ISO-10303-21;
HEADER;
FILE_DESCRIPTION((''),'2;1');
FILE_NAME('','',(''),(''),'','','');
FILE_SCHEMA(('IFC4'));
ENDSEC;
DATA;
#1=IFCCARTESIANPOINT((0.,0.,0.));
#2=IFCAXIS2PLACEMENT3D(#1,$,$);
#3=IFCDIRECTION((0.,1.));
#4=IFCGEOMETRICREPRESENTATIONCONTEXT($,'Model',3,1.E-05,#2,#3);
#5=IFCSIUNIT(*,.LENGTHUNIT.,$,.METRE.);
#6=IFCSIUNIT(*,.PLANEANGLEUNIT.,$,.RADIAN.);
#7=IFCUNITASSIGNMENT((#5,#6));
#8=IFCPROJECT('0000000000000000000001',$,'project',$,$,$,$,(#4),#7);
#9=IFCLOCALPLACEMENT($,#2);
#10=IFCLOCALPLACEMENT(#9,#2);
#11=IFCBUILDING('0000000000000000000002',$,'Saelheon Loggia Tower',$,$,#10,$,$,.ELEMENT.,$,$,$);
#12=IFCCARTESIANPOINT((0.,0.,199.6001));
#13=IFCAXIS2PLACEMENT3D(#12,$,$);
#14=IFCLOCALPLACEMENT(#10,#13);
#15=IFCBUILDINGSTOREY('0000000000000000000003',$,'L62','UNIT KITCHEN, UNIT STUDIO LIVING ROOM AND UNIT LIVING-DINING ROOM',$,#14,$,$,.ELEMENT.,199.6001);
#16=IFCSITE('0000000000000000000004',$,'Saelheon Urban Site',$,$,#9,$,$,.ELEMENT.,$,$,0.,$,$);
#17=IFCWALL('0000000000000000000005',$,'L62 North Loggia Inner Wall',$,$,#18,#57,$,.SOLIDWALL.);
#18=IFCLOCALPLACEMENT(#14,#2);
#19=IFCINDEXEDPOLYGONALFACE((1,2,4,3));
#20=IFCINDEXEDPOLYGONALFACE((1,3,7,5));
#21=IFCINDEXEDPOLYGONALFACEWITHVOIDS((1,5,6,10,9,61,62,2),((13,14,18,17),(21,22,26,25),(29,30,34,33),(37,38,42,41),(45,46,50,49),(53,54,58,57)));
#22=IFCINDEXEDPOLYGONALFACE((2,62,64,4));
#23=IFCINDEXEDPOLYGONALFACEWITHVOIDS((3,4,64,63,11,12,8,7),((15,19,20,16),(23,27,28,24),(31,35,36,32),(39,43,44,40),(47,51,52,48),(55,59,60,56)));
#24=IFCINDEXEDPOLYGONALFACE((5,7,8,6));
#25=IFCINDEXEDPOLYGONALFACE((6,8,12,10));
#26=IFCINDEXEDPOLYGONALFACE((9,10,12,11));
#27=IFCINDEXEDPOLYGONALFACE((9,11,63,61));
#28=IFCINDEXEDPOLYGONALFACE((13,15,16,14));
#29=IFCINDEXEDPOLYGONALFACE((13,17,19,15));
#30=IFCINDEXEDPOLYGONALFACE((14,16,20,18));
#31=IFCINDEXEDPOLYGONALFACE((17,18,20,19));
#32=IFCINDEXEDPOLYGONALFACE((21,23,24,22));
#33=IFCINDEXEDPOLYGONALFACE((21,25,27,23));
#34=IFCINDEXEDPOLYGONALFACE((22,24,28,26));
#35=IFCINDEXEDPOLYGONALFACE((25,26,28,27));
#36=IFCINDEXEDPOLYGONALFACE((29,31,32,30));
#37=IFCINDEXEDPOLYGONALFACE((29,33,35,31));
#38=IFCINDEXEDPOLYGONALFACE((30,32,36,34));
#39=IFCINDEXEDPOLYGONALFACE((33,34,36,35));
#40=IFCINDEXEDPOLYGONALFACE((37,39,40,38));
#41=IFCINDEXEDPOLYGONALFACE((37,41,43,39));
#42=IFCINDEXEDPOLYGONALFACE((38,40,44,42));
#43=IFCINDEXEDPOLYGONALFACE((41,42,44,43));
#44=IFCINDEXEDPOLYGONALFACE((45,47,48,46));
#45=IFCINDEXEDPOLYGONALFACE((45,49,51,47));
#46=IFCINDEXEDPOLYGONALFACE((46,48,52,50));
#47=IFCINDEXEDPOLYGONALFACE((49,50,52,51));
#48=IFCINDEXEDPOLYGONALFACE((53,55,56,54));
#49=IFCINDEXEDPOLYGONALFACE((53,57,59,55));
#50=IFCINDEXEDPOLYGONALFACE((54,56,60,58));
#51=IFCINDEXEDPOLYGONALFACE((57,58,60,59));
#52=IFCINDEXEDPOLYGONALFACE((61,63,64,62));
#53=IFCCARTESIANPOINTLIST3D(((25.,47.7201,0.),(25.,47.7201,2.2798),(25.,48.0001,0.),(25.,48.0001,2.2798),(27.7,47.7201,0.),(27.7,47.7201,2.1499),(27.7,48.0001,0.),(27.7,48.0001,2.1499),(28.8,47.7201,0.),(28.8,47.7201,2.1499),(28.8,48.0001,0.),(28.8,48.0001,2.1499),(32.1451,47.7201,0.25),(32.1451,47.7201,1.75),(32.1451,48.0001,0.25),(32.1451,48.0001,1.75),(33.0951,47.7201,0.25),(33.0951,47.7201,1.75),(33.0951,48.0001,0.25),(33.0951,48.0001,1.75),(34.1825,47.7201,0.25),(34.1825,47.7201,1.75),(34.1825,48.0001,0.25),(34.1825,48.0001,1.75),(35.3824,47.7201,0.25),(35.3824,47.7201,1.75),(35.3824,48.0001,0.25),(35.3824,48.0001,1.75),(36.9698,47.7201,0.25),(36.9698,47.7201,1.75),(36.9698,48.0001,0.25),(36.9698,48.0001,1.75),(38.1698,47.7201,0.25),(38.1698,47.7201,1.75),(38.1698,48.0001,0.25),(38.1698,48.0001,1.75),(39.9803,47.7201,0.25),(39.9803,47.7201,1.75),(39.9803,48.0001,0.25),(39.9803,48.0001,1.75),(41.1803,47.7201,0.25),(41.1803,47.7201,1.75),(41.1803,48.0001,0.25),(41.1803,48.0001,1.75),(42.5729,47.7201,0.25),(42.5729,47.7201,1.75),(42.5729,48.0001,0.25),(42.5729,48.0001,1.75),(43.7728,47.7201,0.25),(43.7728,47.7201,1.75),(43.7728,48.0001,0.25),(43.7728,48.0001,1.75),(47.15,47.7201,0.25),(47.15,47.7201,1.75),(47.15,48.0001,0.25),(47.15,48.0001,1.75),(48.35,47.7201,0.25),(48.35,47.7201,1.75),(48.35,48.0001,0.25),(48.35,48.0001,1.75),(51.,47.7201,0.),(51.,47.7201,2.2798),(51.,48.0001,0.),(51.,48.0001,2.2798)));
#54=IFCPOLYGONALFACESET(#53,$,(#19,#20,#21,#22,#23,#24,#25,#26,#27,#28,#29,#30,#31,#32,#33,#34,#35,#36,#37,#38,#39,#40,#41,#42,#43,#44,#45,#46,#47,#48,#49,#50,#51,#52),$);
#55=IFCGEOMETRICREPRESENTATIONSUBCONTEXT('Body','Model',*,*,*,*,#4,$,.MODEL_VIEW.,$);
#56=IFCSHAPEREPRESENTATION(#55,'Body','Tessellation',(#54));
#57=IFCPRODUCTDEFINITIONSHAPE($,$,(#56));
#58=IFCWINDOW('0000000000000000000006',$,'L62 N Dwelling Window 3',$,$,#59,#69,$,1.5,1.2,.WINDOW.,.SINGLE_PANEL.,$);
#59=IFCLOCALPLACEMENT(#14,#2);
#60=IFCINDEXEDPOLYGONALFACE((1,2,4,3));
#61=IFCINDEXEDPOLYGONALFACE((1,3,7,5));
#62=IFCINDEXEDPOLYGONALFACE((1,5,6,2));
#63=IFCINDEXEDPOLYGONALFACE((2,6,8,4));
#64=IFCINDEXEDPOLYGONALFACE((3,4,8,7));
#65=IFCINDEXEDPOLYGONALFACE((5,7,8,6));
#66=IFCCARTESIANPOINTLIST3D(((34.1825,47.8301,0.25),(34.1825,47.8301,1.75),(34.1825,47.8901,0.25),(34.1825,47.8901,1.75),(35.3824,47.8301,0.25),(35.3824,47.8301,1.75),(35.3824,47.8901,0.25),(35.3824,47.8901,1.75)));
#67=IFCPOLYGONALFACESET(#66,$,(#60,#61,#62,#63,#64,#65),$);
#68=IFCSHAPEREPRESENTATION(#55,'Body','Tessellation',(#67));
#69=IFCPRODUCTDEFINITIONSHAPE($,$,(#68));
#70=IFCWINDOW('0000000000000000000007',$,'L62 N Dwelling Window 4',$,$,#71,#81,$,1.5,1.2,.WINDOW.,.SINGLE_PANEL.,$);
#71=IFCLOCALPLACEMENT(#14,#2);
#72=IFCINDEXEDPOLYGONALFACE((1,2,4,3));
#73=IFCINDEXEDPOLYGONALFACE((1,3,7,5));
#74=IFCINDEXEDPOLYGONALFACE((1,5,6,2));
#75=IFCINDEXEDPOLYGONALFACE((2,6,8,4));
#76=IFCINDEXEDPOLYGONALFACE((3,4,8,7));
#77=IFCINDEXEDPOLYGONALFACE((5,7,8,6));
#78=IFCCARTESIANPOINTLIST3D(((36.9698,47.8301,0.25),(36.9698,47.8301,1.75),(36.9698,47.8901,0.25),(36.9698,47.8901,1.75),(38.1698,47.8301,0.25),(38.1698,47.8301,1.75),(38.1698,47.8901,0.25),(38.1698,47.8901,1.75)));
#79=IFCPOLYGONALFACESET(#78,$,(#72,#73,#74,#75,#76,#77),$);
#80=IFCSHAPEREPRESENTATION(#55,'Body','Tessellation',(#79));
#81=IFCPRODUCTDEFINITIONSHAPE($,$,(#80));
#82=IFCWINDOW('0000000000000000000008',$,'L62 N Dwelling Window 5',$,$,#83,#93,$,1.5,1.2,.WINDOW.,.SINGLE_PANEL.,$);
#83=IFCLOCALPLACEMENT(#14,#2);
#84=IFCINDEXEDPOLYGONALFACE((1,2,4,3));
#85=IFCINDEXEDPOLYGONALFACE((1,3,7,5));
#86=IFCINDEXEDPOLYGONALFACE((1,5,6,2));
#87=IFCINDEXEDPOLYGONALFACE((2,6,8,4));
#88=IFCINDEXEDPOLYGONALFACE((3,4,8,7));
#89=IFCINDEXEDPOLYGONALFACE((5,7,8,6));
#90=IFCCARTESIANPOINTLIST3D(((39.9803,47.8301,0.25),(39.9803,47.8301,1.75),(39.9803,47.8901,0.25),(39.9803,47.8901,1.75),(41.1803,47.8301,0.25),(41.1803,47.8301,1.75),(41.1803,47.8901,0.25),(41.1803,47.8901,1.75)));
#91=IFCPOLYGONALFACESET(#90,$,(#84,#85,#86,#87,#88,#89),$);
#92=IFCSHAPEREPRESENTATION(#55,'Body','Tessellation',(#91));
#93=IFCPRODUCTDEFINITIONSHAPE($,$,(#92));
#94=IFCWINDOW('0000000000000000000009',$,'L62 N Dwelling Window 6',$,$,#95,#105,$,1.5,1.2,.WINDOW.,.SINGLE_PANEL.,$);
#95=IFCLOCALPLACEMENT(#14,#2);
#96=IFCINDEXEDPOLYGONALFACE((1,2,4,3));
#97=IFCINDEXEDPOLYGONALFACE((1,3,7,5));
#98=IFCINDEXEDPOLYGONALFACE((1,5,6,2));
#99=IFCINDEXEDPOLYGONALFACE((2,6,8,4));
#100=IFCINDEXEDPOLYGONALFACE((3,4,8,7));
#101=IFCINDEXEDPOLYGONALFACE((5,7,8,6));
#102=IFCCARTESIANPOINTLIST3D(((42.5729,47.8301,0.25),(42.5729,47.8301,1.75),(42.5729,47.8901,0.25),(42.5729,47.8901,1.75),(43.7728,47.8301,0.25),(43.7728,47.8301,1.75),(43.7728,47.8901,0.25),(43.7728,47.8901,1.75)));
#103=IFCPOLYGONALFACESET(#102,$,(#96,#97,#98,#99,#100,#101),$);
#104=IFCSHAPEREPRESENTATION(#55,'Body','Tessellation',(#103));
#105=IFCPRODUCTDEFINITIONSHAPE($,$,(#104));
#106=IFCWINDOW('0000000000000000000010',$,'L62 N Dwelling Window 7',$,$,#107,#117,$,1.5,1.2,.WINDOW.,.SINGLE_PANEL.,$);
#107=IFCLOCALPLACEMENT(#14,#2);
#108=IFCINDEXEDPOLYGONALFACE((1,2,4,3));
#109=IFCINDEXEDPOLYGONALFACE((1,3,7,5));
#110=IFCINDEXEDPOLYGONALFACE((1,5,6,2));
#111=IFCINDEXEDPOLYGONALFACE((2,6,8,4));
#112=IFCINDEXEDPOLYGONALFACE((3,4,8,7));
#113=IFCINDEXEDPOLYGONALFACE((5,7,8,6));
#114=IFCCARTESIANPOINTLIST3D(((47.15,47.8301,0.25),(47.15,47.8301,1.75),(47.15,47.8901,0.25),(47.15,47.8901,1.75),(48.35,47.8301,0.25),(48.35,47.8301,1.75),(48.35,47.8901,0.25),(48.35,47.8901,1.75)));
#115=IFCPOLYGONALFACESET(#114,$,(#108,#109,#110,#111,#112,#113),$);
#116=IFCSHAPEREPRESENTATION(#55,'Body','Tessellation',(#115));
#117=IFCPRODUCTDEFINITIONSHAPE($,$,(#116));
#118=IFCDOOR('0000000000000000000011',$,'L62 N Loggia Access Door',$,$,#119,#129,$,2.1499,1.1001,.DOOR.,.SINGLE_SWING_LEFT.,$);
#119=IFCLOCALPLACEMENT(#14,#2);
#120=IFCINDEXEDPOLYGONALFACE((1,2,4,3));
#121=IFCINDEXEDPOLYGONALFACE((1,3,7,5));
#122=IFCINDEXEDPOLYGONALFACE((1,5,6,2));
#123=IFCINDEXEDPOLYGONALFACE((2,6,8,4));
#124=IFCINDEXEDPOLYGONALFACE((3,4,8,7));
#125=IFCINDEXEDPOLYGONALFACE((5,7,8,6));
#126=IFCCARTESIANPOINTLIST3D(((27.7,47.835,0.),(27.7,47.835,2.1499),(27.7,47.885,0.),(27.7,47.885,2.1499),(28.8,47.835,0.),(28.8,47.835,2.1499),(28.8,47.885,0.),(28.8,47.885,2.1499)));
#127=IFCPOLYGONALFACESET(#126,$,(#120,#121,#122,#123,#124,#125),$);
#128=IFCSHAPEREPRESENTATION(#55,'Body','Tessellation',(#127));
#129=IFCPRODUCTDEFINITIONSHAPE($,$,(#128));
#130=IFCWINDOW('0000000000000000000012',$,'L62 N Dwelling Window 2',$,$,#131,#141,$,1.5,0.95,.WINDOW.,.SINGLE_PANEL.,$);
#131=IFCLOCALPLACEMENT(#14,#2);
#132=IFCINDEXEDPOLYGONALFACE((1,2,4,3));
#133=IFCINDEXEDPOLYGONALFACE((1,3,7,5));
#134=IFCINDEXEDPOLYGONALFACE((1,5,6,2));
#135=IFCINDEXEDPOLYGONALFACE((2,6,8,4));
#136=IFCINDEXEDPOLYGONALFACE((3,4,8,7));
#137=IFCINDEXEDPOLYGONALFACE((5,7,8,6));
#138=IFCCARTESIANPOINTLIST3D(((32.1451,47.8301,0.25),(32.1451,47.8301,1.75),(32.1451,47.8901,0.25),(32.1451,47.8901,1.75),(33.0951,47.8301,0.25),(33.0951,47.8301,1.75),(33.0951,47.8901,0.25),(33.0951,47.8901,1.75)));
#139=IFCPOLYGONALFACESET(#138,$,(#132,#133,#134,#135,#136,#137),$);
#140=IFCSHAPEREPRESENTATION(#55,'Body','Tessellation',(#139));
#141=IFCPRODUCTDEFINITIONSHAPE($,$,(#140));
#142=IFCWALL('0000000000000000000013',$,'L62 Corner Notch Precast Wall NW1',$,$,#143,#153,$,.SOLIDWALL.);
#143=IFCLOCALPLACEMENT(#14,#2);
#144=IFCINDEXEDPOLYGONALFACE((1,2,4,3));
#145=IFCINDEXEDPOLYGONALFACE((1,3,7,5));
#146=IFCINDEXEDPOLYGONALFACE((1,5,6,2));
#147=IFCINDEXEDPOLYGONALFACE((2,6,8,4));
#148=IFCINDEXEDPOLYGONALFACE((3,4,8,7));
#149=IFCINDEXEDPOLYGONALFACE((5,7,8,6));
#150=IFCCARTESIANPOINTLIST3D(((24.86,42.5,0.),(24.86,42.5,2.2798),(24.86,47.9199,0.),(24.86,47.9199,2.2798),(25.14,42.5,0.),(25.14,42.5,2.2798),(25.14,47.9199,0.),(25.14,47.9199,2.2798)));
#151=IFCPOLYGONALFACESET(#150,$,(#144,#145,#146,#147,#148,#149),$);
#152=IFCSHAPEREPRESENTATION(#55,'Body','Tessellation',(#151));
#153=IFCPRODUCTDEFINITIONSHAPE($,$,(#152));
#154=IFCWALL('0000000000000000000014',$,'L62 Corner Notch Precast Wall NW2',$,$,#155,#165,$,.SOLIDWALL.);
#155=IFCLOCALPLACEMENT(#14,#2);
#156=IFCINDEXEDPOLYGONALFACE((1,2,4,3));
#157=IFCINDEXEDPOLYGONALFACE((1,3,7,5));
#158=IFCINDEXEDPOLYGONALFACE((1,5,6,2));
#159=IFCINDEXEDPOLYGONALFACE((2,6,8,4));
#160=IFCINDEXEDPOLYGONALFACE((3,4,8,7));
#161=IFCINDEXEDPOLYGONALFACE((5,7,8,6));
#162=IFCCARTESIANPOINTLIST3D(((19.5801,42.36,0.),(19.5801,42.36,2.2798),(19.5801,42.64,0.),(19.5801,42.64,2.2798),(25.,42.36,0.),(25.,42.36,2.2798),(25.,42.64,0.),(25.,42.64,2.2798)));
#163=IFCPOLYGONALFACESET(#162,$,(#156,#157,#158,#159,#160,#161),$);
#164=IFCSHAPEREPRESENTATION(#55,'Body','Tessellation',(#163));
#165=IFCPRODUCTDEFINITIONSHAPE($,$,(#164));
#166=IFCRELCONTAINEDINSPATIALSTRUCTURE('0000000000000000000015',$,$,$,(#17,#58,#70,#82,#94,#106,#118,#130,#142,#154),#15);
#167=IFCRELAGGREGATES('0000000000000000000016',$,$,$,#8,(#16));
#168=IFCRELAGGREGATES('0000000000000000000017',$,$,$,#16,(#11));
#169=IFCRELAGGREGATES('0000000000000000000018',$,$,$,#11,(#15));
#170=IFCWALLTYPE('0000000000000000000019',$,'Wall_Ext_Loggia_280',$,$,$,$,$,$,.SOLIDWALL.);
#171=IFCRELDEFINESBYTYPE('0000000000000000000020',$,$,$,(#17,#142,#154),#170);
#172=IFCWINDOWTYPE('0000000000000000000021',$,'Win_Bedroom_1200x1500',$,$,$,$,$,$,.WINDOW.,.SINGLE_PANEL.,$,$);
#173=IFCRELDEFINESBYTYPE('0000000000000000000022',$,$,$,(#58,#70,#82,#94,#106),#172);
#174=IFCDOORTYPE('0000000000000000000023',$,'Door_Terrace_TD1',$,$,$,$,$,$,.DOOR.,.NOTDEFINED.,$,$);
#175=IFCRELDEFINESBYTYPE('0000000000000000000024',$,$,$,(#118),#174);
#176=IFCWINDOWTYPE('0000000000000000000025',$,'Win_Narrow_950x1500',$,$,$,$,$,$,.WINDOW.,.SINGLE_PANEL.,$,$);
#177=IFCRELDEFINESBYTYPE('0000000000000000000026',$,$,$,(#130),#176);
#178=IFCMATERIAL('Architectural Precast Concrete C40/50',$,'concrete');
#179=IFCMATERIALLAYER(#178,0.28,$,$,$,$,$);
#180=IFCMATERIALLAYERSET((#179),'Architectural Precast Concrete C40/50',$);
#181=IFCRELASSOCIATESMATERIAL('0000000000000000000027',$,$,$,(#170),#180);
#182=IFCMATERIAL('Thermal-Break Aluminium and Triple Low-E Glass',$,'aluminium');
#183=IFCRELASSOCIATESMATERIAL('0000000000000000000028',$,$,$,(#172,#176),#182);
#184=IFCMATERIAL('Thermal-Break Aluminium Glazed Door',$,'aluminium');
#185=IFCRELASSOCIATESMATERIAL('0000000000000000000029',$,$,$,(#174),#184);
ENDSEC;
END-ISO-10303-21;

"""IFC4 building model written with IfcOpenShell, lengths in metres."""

from ifc_helpers import new_model, si_unit, direction, frame, frame_2d, origin, place, context, subcontext, project, spatial, rectangle, extrude, source, transform, mapped, material, layer, layer_set, type_object, element, fill, save


model = new_model("IFC4")

# Units and contexts
model_context = context("Model", 3, precision=1e-05, world=origin(), true_north=direction((0.0, 1.0)))
body_context = subcontext(model_context, "Body", "Model", "MODEL_VIEW")
ifc_project = project(units=[si_unit("LENGTHUNIT", "METRE"), si_unit("PLANEANGLEUNIT", "RADIAN")], contexts=[model_context])

# Site, building, storey
site_placement = place(None, origin())
site = spatial("IfcSite", under=ifc_project, at=site_placement, Name="Saelheon Urban Site", CompositionType="ELEMENT", RefElevation=0.0)
building_placement = place(site_placement, origin())
building = spatial("IfcBuilding", under=site, at=building_placement, Name="Saelheon Loggia Tower", CompositionType="ELEMENT")
storey_placement = place(building_placement, frame((0.0, 0.0, 199.6001)))
storey = spatial("IfcBuildingStorey", under=building, at=storey_placement, Name="L62", Description="UNIT KITCHEN, UNIT STUDIO LIVING ROOM AND UNIT LIVING-DINING ROOM", CompositionType="ELEMENT", Elevation=199.6001)

# Wall, openings, windows, door
ifc_material_1 = material(Name="Architectural Precast Concrete C40/50", Category="concrete")
ifc_layer_1 = layer(ifc_material_1, 0.28)
ifc_layer_set_1 = layer_set([ifc_layer_1], Name="Architectural Precast Concrete C40/50")
wall_type_1 = type_object("IfcWallType", Name="Wall_Ext_Loggia_280", PredefinedType="SOLIDWALL", material=ifc_layer_set_1)
wall_1_placement = place(storey_placement, frame((25.0, 47.8601, 0.0), z_axis=(0.0, 0.0, 1.0), x_axis=(1.0, 0.0, 0.0)))
wall_1 = element("IfcWall", 1, at=wall_1_placement, inside=storey, type_object=wall_type_1, Name="L62 North Loggia Inner Wall", PredefinedType="SOLIDWALL", context=body_context, shape_type="SweptSolid", body=[
    extrude(rectangle(XDim=26.0, YDim=0.28, at=frame_2d((13.0, 0.0))), origin(), (0.0, 0.0, 1.0), 2.2798),
])
opening_1_placement = place(wall_1_placement, frame((2.7, 0.0, 0.0)))
opening_1 = element("IfcOpeningElement", 2, at=opening_1_placement, cuts=wall_1, PredefinedType="OPENING", context=body_context, shape_type="SweptSolid", body=[
    extrude(rectangle(XDim=1.1001, YDim=2.1499, at=frame_2d((0.55, 1.075))), frame((0.0, 0.1521, 0.0), z_axis=(0.0, -1.0, 0.0), x_axis=(1.0, 0.0, 0.0)), (0.0, 0.0, 1.0), 0.304),
])
opening_2_placement = place(wall_1_placement, frame((7.145, 0.0, 0.25)))
opening_2 = element("IfcOpeningElement", 3, at=opening_2_placement, cuts=wall_1, PredefinedType="OPENING", context=body_context, shape_type="SweptSolid", body=[
    extrude(rectangle(XDim=0.95, YDim=1.5, at=frame_2d((0.4751, 0.75))), frame((0.0, 0.1521, 0.0), z_axis=(0.0, -1.0, 0.0), x_axis=(1.0, 0.0, 0.0)), (0.0, 0.0, 1.0), 0.304),
])
opening_3_placement = place(wall_1_placement, frame((9.1824, 0.0, 0.25)))
opening_3 = element("IfcOpeningElement", 4, at=opening_3_placement, cuts=wall_1, PredefinedType="OPENING", context=body_context, shape_type="SweptSolid", body=[
    extrude(rectangle(XDim=1.2, YDim=1.5, at=frame_2d((0.6001, 0.75))), frame((0.0, 0.1521, 0.0), z_axis=(0.0, -1.0, 0.0), x_axis=(1.0, 0.0, 0.0)), (0.0, 0.0, 1.0), 0.304),
])
opening_4_placement = place(wall_1_placement, frame((11.9697, 0.0, 0.25)))
opening_4 = element("IfcOpeningElement", 5, at=opening_4_placement, cuts=wall_1, PredefinedType="OPENING", context=body_context, shape_type="SweptSolid", body=[
    extrude(rectangle(XDim=1.2, YDim=1.5, at=frame_2d((0.6001, 0.75))), frame((0.0, 0.1521, 0.0), z_axis=(0.0, -1.0, 0.0), x_axis=(1.0, 0.0, 0.0)), (0.0, 0.0, 1.0), 0.304),
])
opening_5_placement = place(wall_1_placement, frame((14.9802, 0.0, 0.25)))
opening_5 = element("IfcOpeningElement", 6, at=opening_5_placement, cuts=wall_1, PredefinedType="OPENING", context=body_context, shape_type="SweptSolid", body=[
    extrude(rectangle(XDim=1.2, YDim=1.5, at=frame_2d((0.6001, 0.75))), frame((0.0, 0.1521, 0.0), z_axis=(0.0, -1.0, 0.0), x_axis=(1.0, 0.0, 0.0)), (0.0, 0.0, 1.0), 0.304),
])
opening_6_placement = place(wall_1_placement, frame((17.5728, 0.0, 0.25)))
opening_6 = element("IfcOpeningElement", 7, at=opening_6_placement, cuts=wall_1, PredefinedType="OPENING", context=body_context, shape_type="SweptSolid", body=[
    extrude(rectangle(XDim=1.2, YDim=1.5, at=frame_2d((0.6001, 0.75))), frame((0.0, 0.1521, 0.0), z_axis=(0.0, -1.0, 0.0), x_axis=(1.0, 0.0, 0.0)), (0.0, 0.0, 1.0), 0.304),
])
opening_7_placement = place(wall_1_placement, frame((22.1499, 0.0, 0.25)))
opening_7 = element("IfcOpeningElement", 8, at=opening_7_placement, cuts=wall_1, PredefinedType="OPENING", context=body_context, shape_type="SweptSolid", body=[
    extrude(rectangle(XDim=1.2, YDim=1.5, at=frame_2d((0.6001, 0.75))), frame((0.0, 0.1521, 0.0), z_axis=(0.0, -1.0, 0.0), x_axis=(1.0, 0.0, 0.0)), (0.0, 0.0, 1.0), 0.304),
])
ifc_material_2 = material(Name="Thermal-Break Aluminium and Triple Low-E Glass", Category="aluminium")
window_type_1 = type_object("IfcWindowType", Name="Win_Bedroom_1200x1500", PartitioningType="SINGLE_PANEL", PredefinedType="WINDOW", material=ifc_material_2)
shared_shape_1 = source(origin(), body_context, "Body", "SweptSolid", [
    extrude(rectangle(XDim=1.2, YDim=1.5, at=frame_2d((0.6001, 0.75))), frame((0.0, 0.03, 0.0), z_axis=(0.0, -1.0, 0.0), x_axis=(1.0, 0.0, 0.0)), (0.0, 0.0, 1.0), 0.0601),
])
window_1_placement = place(opening_3_placement, origin())
window_1 = element("IfcWindow", 9, at=window_1_placement, inside=storey, type_object=window_type_1, Name="L62 N Dwelling Window 3", OverallHeight=1.5, OverallWidth=1.2, PartitioningType="SINGLE_PANEL", PredefinedType="WINDOW", context=body_context, shape_type="MappedRepresentation", body=[
    mapped(shared_shape_1, transform((0.0, 0.0, 0.0), scale=1.0)),
])
fill(opening_3, window_1)
window_2_placement = place(opening_4_placement, origin())
window_2 = element("IfcWindow", 10, at=window_2_placement, inside=storey, type_object=window_type_1, Name="L62 N Dwelling Window 4", OverallHeight=1.5, OverallWidth=1.2, PartitioningType="SINGLE_PANEL", PredefinedType="WINDOW", context=body_context, shape_type="MappedRepresentation", body=[
    mapped(shared_shape_1, transform((0.0, 0.0, 0.0), scale=1.0)),
])
fill(opening_4, window_2)
window_3_placement = place(opening_5_placement, origin())
window_3 = element("IfcWindow", 11, at=window_3_placement, inside=storey, type_object=window_type_1, Name="L62 N Dwelling Window 5", OverallHeight=1.5, OverallWidth=1.2, PartitioningType="SINGLE_PANEL", PredefinedType="WINDOW", context=body_context, shape_type="MappedRepresentation", body=[
    mapped(shared_shape_1, transform((0.0, 0.0, 0.0), scale=1.0)),
])
fill(opening_5, window_3)
window_4_placement = place(opening_6_placement, origin())
window_4 = element("IfcWindow", 12, at=window_4_placement, inside=storey, type_object=window_type_1, Name="L62 N Dwelling Window 6", OverallHeight=1.5, OverallWidth=1.2, PartitioningType="SINGLE_PANEL", PredefinedType="WINDOW", context=body_context, shape_type="MappedRepresentation", body=[
    mapped(shared_shape_1, transform((0.0, 0.0, 0.0), scale=1.0)),
])
fill(opening_6, window_4)
window_5_placement = place(opening_7_placement, origin())
window_5 = element("IfcWindow", 13, at=window_5_placement, inside=storey, type_object=window_type_1, Name="L62 N Dwelling Window 7", OverallHeight=1.5, OverallWidth=1.2, PartitioningType="SINGLE_PANEL", PredefinedType="WINDOW", context=body_context, shape_type="MappedRepresentation", body=[
    mapped(shared_shape_1, transform((0.0, 0.0, 0.0), scale=1.0)),
])
fill(opening_7, window_5)
ifc_material_3 = material(Name="Thermal-Break Aluminium Glazed Door", Category="aluminium")
door_type_1 = type_object("IfcDoorType", Name="Door_Terrace_TD1", OperationType="NOTDEFINED", PredefinedType="DOOR", material=ifc_material_3)
shared_shape_2 = source(origin(), body_context, "Body", "SweptSolid", [
    extrude(rectangle(XDim=1.1001, YDim=2.1499, at=frame_2d((0.55, 1.075))), frame((0.0, 0.0249, 0.0), z_axis=(0.0, -1.0, 0.0), x_axis=(1.0, 0.0, 0.0)), (0.0, 0.0, 1.0), 0.05),
])
door_1_placement = place(opening_1_placement, origin())
door_1 = element("IfcDoor", 14, at=door_1_placement, inside=storey, type_object=door_type_1, Name="L62 N Loggia Access Door", OperationType="SINGLE_SWING_LEFT", OverallHeight=2.1499, OverallWidth=1.1001, PredefinedType="DOOR", context=body_context, shape_type="MappedRepresentation", body=[
    mapped(shared_shape_2, transform((0.0, 0.0, 0.0), scale=1.0)),
])
fill(opening_1, door_1)
window_type_2 = type_object("IfcWindowType", Name="Win_Narrow_950x1500", PartitioningType="SINGLE_PANEL", PredefinedType="WINDOW", material=ifc_material_2)
shared_shape_3 = source(origin(), body_context, "Body", "SweptSolid", [
    extrude(rectangle(XDim=0.95, YDim=1.5, at=frame_2d((0.4751, 0.75))), frame((0.0, 0.03, 0.0), z_axis=(0.0, -1.0, 0.0), x_axis=(1.0, 0.0, 0.0)), (0.0, 0.0, 1.0), 0.0601),
])
window_6_placement = place(opening_2_placement, origin())
window_6 = element("IfcWindow", 15, at=window_6_placement, inside=storey, type_object=window_type_2, Name="L62 N Dwelling Window 2", OverallHeight=1.5, OverallWidth=0.95, PartitioningType="SINGLE_PANEL", PredefinedType="WINDOW", context=body_context, shape_type="MappedRepresentation", body=[
    mapped(shared_shape_3, transform((0.0, 0.0, 0.0), scale=1.0)),
])
fill(opening_2, window_6)

# Walls
for number, where, z_axis, x_axis, name in (
    (16, (25.0, 42.5, 0.0), (0.0, 0.0, 1.0), (0.0, 1.0, 0.0), "L62 Corner Notch Precast Wall NW1"),
    (17, (19.5801, 42.5, 0.0), (0.0, 0.0, 1.0), (1.0, 0.0, 0.0), "L62 Corner Notch Precast Wall NW2"),
):
    element("IfcWall", number, at=place(storey_placement, frame(where, z_axis=z_axis, x_axis=x_axis)), inside=storey, type_object=wall_type_1, Name=name, PredefinedType="SOLIDWALL", context=body_context, shape_type="SweptSolid", body=[
        extrude(rectangle(XDim=5.4199, YDim=0.28, at=frame_2d((2.71, 0.0))), origin(), (0.0, 0.0, 1.0), 2.2798),
    ])

save(model, "model.ifc")
